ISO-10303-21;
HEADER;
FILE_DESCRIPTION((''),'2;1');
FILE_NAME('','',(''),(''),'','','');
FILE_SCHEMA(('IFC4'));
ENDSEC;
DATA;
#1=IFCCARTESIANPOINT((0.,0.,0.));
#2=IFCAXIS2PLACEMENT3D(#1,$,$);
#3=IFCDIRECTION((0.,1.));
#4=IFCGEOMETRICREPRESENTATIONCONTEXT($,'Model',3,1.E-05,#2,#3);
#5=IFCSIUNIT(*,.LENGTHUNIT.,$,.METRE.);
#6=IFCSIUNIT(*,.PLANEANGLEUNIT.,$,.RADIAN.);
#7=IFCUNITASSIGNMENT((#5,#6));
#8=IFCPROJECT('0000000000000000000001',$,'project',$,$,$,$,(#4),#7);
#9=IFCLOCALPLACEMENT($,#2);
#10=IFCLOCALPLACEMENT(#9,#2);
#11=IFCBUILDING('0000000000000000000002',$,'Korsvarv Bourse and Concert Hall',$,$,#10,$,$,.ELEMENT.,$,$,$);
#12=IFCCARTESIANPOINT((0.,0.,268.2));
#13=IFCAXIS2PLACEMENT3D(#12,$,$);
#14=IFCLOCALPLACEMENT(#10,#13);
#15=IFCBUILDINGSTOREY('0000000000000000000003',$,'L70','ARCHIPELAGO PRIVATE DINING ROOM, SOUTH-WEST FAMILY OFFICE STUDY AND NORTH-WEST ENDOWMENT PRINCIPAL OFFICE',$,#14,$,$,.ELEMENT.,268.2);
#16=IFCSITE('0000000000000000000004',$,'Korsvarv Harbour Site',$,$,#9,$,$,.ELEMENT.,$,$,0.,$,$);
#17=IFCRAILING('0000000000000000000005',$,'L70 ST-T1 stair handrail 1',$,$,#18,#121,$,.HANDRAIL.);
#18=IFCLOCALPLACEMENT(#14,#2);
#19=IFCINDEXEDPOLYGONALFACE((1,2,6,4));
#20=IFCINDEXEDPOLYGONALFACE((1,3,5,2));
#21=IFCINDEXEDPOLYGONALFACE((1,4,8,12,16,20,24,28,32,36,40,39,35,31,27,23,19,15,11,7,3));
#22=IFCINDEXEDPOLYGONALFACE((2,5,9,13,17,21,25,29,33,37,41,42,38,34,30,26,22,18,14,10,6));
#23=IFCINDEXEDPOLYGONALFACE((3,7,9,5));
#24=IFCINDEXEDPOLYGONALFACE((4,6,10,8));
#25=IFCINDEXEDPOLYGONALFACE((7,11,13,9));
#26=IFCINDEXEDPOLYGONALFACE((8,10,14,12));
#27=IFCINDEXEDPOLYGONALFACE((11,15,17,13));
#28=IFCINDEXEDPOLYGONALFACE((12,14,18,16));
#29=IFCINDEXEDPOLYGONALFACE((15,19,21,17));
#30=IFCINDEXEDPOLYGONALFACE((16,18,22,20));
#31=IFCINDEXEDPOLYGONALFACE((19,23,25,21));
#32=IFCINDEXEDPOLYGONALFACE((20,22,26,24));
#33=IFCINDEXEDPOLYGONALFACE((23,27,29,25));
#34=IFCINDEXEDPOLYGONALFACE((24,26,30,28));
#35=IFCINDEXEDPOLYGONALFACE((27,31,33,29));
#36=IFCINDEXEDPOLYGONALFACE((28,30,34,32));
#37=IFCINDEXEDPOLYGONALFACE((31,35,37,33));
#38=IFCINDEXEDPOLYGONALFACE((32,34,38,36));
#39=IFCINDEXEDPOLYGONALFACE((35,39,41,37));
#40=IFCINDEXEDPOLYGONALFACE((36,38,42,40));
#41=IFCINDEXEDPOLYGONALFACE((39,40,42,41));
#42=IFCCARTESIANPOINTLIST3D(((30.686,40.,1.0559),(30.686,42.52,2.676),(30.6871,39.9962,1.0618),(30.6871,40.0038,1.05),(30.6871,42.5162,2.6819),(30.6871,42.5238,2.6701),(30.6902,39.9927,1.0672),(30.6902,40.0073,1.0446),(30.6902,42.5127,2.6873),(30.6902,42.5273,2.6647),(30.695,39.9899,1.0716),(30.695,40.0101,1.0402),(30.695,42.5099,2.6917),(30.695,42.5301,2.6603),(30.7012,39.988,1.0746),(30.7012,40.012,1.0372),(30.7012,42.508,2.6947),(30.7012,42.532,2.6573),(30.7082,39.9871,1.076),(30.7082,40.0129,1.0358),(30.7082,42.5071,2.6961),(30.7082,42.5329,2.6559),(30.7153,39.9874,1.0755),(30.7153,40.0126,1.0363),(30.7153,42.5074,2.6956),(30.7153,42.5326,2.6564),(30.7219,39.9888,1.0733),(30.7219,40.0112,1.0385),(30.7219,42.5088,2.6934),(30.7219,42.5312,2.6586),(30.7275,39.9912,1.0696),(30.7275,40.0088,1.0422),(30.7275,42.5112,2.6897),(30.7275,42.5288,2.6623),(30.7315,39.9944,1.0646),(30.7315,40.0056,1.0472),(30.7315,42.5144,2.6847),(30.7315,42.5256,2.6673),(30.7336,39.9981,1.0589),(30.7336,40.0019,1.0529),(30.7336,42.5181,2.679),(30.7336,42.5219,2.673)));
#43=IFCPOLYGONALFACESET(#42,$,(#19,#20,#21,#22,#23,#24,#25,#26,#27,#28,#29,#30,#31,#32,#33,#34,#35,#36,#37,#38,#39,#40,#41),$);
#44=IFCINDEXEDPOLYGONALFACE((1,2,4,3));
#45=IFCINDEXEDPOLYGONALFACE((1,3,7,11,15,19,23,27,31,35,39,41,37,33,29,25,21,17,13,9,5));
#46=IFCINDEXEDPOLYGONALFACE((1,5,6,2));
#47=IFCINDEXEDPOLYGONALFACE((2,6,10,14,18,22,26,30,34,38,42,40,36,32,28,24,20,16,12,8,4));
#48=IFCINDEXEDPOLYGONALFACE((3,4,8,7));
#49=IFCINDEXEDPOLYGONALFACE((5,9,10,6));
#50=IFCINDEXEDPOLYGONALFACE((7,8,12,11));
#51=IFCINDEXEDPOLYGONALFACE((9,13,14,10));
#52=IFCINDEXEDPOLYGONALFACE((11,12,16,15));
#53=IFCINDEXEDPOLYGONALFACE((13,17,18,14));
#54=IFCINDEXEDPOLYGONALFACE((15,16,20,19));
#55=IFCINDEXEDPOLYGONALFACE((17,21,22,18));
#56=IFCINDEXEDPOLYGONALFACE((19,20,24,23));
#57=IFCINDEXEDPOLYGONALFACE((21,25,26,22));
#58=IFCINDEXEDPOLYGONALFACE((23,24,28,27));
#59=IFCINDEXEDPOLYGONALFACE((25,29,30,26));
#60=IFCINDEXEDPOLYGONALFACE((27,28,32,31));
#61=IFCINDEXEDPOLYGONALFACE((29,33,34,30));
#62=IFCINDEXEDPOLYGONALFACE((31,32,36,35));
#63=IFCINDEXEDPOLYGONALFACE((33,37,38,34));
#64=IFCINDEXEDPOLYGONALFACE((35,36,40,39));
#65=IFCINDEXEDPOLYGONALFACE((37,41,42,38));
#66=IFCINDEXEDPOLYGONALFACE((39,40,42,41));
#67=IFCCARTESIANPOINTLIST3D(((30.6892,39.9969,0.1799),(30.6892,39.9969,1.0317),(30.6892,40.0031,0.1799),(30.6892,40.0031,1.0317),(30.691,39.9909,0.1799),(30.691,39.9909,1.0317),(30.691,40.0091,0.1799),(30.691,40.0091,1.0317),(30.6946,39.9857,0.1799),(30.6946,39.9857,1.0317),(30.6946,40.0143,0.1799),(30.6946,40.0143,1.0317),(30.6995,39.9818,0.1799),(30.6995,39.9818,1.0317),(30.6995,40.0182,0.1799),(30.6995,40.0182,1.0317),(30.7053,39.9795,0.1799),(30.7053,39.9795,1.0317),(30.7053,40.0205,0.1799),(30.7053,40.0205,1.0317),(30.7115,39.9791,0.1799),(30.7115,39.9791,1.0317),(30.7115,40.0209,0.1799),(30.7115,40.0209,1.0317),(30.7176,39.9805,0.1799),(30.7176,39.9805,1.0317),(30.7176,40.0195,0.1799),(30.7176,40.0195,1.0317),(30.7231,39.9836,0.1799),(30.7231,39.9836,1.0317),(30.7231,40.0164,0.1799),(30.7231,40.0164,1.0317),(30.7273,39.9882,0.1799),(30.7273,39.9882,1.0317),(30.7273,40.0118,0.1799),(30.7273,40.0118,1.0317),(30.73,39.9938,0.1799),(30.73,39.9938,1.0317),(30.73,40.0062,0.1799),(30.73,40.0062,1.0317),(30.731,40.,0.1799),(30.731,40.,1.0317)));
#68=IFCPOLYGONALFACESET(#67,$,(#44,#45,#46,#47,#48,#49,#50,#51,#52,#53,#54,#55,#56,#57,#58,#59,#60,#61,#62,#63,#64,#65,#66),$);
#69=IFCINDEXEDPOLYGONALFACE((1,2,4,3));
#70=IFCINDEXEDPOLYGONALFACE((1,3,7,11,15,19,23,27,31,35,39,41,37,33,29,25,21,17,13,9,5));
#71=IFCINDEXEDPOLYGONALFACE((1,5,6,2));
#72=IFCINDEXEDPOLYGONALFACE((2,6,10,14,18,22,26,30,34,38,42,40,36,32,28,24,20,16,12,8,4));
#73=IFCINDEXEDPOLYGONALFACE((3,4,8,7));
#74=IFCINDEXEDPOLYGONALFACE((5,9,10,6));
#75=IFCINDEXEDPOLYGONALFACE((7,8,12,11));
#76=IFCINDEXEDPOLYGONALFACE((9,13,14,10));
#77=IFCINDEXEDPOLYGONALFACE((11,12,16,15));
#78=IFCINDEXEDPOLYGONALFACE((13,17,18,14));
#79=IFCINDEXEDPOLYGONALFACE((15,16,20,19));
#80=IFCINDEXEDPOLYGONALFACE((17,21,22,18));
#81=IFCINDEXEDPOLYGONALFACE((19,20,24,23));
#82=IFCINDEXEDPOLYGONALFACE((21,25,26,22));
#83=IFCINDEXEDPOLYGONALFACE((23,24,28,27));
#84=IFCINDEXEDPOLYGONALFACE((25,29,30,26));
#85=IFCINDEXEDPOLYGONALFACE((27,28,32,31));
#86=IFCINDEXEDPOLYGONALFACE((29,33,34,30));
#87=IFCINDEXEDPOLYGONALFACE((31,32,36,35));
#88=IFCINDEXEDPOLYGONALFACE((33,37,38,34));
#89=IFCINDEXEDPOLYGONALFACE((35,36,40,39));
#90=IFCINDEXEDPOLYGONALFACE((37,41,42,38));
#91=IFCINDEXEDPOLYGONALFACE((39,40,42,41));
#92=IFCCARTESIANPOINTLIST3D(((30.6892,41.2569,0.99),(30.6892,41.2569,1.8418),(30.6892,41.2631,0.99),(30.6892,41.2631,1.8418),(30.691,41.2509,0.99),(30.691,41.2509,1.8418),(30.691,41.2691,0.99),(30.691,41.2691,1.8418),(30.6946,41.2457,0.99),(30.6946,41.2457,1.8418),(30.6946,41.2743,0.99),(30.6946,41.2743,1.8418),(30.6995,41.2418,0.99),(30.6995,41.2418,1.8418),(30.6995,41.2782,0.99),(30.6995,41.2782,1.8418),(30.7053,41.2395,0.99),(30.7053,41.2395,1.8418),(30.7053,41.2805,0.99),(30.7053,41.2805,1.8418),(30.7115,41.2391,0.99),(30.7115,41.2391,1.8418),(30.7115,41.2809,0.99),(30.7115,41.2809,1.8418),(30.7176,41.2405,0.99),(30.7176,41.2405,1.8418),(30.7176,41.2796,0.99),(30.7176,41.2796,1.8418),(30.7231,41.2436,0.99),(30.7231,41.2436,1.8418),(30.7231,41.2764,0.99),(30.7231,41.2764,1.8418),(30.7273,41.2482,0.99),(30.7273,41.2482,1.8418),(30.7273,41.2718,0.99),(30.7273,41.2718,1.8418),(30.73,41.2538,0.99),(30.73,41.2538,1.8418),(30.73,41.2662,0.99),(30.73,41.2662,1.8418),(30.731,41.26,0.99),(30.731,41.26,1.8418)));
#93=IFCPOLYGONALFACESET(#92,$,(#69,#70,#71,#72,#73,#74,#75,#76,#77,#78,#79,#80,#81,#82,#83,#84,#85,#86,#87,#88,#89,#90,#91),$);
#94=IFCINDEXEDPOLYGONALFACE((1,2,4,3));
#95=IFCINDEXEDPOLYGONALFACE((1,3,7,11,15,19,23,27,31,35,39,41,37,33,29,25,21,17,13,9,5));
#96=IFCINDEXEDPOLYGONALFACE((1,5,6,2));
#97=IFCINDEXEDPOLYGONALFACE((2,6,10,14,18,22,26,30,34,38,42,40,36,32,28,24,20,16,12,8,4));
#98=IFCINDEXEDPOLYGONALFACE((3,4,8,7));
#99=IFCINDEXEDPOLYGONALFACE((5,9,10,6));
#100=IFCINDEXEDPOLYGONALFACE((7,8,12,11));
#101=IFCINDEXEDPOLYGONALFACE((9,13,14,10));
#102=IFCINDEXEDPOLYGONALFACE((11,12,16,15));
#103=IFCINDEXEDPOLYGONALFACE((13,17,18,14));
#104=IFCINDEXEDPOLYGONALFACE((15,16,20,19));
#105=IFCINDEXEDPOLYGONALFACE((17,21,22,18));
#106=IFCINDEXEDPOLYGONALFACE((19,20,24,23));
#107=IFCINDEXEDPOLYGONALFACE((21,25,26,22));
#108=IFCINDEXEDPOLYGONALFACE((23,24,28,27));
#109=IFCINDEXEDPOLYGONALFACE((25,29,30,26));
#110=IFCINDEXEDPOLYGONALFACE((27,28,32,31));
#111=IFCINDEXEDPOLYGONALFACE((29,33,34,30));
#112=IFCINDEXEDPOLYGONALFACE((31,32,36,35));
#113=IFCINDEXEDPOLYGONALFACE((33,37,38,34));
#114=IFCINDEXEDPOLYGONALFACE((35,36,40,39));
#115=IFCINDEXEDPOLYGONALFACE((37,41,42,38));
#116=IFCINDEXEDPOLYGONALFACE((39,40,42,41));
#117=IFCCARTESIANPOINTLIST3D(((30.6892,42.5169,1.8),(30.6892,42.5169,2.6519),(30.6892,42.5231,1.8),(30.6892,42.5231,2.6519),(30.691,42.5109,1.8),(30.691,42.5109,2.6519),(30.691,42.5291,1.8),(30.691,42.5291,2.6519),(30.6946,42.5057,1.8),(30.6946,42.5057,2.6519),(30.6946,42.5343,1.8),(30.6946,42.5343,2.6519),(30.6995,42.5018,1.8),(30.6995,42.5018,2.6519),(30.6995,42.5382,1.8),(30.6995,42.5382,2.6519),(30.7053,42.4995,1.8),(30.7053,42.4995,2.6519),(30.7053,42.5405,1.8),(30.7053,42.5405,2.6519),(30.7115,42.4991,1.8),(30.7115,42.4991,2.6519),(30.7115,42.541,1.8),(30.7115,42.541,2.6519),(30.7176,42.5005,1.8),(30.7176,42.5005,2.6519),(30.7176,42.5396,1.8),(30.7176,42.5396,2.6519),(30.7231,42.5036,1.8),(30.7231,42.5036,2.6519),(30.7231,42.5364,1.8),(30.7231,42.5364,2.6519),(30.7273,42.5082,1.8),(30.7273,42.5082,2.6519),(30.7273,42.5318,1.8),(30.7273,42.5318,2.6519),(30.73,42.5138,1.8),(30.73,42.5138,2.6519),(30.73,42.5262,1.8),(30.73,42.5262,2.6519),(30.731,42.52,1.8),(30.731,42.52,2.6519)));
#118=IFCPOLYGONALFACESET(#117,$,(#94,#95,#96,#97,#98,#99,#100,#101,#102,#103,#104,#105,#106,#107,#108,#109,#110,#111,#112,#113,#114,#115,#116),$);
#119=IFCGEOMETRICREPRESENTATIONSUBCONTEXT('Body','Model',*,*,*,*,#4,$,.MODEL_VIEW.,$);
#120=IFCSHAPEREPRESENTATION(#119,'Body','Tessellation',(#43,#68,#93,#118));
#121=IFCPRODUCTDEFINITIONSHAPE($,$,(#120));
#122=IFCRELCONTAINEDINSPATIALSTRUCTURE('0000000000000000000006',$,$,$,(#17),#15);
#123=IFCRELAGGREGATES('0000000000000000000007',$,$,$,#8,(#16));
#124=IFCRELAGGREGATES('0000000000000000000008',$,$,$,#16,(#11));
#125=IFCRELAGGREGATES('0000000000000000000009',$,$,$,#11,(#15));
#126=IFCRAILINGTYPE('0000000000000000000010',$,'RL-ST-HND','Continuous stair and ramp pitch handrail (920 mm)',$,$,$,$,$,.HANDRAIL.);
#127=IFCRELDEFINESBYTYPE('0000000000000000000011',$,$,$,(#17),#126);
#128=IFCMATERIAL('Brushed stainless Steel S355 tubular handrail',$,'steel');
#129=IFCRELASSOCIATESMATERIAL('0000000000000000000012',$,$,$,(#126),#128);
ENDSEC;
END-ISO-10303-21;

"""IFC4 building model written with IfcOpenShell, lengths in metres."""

from ifc_helpers import new_model, si_unit, direction, frame, origin, origin_2d, place, context, subcontext, project, spatial, circle, extrude, material, type_object, element, save


model = new_model("IFC4")

# Units and contexts
model_context = context("Model", 3, precision=1e-05, world=origin(), true_north=direction((0.0, 1.0)))
body_context = subcontext(model_context, "Body", "Model", "MODEL_VIEW")
ifc_project = project(units=[si_unit("LENGTHUNIT", "METRE"), si_unit("PLANEANGLEUNIT", "RADIAN")], contexts=[model_context])

# Site, building, storey
site_placement = place(None, origin())
site = spatial("IfcSite", under=ifc_project, at=site_placement, Name="Korsvarv Harbour Site", CompositionType="ELEMENT", RefElevation=0.0)
building_placement = place(site_placement, origin())
building = spatial("IfcBuilding", under=site, at=building_placement, Name="Korsvarv Bourse and Concert Hall", CompositionType="ELEMENT")
storey_placement = place(building_placement, frame((0.0, 0.0, 268.2)))
storey = spatial("IfcBuildingStorey", under=building, at=storey_placement, Name="L70", Description="ARCHIPELAGO PRIVATE DINING ROOM, SOUTH-WEST FAMILY OFFICE STUDY AND NORTH-WEST ENDOWMENT PRINCIPAL OFFICE", CompositionType="ELEMENT", Elevation=268.2)

# Railing
ifc_material_1 = material(Name="Brushed stainless Steel S355 tubular handrail", Category="steel")
railing_type_1 = type_object("IfcRailingType", Name="RL-ST-HND", Description="Continuous stair and ramp pitch handrail (920 mm)", PredefinedType="HANDRAIL", material=ifc_material_1)
railing_1_placement = place(storey_placement, frame((30.71, 40.0, 0.1799)))
element("IfcRailing", 1, at=railing_1_placement, inside=storey, type_object=railing_type_1, Name="L70 ST-T1 stair handrail 1", PredefinedType="HANDRAIL", context=body_context, shape_type="SweptSolid", body=[
    extrude(circle(Radius=0.0239, at=origin_2d()), frame((0.0, 0.0, 0.876), z_axis=(0.0, 0.841163, 0.540782), x_axis=(-1.0, 0.0, 0.0)), (0.0, 0.0, 1.0), 2.9958),
    extrude(circle(Radius=0.021, at=origin_2d()), origin(), (0.0, 0.0, 1.0), 0.8518),
    extrude(circle(Radius=0.021, at=origin_2d()), frame((0.0, 1.26, 0.8101)), (0.0, 0.0, 1.0), 0.8518),
    extrude(circle(Radius=0.021, at=origin_2d()), frame((0.0, 2.52, 1.6201)), (0.0, 0.0, 1.0), 0.8518),
])

save(model, "model.ifc")
